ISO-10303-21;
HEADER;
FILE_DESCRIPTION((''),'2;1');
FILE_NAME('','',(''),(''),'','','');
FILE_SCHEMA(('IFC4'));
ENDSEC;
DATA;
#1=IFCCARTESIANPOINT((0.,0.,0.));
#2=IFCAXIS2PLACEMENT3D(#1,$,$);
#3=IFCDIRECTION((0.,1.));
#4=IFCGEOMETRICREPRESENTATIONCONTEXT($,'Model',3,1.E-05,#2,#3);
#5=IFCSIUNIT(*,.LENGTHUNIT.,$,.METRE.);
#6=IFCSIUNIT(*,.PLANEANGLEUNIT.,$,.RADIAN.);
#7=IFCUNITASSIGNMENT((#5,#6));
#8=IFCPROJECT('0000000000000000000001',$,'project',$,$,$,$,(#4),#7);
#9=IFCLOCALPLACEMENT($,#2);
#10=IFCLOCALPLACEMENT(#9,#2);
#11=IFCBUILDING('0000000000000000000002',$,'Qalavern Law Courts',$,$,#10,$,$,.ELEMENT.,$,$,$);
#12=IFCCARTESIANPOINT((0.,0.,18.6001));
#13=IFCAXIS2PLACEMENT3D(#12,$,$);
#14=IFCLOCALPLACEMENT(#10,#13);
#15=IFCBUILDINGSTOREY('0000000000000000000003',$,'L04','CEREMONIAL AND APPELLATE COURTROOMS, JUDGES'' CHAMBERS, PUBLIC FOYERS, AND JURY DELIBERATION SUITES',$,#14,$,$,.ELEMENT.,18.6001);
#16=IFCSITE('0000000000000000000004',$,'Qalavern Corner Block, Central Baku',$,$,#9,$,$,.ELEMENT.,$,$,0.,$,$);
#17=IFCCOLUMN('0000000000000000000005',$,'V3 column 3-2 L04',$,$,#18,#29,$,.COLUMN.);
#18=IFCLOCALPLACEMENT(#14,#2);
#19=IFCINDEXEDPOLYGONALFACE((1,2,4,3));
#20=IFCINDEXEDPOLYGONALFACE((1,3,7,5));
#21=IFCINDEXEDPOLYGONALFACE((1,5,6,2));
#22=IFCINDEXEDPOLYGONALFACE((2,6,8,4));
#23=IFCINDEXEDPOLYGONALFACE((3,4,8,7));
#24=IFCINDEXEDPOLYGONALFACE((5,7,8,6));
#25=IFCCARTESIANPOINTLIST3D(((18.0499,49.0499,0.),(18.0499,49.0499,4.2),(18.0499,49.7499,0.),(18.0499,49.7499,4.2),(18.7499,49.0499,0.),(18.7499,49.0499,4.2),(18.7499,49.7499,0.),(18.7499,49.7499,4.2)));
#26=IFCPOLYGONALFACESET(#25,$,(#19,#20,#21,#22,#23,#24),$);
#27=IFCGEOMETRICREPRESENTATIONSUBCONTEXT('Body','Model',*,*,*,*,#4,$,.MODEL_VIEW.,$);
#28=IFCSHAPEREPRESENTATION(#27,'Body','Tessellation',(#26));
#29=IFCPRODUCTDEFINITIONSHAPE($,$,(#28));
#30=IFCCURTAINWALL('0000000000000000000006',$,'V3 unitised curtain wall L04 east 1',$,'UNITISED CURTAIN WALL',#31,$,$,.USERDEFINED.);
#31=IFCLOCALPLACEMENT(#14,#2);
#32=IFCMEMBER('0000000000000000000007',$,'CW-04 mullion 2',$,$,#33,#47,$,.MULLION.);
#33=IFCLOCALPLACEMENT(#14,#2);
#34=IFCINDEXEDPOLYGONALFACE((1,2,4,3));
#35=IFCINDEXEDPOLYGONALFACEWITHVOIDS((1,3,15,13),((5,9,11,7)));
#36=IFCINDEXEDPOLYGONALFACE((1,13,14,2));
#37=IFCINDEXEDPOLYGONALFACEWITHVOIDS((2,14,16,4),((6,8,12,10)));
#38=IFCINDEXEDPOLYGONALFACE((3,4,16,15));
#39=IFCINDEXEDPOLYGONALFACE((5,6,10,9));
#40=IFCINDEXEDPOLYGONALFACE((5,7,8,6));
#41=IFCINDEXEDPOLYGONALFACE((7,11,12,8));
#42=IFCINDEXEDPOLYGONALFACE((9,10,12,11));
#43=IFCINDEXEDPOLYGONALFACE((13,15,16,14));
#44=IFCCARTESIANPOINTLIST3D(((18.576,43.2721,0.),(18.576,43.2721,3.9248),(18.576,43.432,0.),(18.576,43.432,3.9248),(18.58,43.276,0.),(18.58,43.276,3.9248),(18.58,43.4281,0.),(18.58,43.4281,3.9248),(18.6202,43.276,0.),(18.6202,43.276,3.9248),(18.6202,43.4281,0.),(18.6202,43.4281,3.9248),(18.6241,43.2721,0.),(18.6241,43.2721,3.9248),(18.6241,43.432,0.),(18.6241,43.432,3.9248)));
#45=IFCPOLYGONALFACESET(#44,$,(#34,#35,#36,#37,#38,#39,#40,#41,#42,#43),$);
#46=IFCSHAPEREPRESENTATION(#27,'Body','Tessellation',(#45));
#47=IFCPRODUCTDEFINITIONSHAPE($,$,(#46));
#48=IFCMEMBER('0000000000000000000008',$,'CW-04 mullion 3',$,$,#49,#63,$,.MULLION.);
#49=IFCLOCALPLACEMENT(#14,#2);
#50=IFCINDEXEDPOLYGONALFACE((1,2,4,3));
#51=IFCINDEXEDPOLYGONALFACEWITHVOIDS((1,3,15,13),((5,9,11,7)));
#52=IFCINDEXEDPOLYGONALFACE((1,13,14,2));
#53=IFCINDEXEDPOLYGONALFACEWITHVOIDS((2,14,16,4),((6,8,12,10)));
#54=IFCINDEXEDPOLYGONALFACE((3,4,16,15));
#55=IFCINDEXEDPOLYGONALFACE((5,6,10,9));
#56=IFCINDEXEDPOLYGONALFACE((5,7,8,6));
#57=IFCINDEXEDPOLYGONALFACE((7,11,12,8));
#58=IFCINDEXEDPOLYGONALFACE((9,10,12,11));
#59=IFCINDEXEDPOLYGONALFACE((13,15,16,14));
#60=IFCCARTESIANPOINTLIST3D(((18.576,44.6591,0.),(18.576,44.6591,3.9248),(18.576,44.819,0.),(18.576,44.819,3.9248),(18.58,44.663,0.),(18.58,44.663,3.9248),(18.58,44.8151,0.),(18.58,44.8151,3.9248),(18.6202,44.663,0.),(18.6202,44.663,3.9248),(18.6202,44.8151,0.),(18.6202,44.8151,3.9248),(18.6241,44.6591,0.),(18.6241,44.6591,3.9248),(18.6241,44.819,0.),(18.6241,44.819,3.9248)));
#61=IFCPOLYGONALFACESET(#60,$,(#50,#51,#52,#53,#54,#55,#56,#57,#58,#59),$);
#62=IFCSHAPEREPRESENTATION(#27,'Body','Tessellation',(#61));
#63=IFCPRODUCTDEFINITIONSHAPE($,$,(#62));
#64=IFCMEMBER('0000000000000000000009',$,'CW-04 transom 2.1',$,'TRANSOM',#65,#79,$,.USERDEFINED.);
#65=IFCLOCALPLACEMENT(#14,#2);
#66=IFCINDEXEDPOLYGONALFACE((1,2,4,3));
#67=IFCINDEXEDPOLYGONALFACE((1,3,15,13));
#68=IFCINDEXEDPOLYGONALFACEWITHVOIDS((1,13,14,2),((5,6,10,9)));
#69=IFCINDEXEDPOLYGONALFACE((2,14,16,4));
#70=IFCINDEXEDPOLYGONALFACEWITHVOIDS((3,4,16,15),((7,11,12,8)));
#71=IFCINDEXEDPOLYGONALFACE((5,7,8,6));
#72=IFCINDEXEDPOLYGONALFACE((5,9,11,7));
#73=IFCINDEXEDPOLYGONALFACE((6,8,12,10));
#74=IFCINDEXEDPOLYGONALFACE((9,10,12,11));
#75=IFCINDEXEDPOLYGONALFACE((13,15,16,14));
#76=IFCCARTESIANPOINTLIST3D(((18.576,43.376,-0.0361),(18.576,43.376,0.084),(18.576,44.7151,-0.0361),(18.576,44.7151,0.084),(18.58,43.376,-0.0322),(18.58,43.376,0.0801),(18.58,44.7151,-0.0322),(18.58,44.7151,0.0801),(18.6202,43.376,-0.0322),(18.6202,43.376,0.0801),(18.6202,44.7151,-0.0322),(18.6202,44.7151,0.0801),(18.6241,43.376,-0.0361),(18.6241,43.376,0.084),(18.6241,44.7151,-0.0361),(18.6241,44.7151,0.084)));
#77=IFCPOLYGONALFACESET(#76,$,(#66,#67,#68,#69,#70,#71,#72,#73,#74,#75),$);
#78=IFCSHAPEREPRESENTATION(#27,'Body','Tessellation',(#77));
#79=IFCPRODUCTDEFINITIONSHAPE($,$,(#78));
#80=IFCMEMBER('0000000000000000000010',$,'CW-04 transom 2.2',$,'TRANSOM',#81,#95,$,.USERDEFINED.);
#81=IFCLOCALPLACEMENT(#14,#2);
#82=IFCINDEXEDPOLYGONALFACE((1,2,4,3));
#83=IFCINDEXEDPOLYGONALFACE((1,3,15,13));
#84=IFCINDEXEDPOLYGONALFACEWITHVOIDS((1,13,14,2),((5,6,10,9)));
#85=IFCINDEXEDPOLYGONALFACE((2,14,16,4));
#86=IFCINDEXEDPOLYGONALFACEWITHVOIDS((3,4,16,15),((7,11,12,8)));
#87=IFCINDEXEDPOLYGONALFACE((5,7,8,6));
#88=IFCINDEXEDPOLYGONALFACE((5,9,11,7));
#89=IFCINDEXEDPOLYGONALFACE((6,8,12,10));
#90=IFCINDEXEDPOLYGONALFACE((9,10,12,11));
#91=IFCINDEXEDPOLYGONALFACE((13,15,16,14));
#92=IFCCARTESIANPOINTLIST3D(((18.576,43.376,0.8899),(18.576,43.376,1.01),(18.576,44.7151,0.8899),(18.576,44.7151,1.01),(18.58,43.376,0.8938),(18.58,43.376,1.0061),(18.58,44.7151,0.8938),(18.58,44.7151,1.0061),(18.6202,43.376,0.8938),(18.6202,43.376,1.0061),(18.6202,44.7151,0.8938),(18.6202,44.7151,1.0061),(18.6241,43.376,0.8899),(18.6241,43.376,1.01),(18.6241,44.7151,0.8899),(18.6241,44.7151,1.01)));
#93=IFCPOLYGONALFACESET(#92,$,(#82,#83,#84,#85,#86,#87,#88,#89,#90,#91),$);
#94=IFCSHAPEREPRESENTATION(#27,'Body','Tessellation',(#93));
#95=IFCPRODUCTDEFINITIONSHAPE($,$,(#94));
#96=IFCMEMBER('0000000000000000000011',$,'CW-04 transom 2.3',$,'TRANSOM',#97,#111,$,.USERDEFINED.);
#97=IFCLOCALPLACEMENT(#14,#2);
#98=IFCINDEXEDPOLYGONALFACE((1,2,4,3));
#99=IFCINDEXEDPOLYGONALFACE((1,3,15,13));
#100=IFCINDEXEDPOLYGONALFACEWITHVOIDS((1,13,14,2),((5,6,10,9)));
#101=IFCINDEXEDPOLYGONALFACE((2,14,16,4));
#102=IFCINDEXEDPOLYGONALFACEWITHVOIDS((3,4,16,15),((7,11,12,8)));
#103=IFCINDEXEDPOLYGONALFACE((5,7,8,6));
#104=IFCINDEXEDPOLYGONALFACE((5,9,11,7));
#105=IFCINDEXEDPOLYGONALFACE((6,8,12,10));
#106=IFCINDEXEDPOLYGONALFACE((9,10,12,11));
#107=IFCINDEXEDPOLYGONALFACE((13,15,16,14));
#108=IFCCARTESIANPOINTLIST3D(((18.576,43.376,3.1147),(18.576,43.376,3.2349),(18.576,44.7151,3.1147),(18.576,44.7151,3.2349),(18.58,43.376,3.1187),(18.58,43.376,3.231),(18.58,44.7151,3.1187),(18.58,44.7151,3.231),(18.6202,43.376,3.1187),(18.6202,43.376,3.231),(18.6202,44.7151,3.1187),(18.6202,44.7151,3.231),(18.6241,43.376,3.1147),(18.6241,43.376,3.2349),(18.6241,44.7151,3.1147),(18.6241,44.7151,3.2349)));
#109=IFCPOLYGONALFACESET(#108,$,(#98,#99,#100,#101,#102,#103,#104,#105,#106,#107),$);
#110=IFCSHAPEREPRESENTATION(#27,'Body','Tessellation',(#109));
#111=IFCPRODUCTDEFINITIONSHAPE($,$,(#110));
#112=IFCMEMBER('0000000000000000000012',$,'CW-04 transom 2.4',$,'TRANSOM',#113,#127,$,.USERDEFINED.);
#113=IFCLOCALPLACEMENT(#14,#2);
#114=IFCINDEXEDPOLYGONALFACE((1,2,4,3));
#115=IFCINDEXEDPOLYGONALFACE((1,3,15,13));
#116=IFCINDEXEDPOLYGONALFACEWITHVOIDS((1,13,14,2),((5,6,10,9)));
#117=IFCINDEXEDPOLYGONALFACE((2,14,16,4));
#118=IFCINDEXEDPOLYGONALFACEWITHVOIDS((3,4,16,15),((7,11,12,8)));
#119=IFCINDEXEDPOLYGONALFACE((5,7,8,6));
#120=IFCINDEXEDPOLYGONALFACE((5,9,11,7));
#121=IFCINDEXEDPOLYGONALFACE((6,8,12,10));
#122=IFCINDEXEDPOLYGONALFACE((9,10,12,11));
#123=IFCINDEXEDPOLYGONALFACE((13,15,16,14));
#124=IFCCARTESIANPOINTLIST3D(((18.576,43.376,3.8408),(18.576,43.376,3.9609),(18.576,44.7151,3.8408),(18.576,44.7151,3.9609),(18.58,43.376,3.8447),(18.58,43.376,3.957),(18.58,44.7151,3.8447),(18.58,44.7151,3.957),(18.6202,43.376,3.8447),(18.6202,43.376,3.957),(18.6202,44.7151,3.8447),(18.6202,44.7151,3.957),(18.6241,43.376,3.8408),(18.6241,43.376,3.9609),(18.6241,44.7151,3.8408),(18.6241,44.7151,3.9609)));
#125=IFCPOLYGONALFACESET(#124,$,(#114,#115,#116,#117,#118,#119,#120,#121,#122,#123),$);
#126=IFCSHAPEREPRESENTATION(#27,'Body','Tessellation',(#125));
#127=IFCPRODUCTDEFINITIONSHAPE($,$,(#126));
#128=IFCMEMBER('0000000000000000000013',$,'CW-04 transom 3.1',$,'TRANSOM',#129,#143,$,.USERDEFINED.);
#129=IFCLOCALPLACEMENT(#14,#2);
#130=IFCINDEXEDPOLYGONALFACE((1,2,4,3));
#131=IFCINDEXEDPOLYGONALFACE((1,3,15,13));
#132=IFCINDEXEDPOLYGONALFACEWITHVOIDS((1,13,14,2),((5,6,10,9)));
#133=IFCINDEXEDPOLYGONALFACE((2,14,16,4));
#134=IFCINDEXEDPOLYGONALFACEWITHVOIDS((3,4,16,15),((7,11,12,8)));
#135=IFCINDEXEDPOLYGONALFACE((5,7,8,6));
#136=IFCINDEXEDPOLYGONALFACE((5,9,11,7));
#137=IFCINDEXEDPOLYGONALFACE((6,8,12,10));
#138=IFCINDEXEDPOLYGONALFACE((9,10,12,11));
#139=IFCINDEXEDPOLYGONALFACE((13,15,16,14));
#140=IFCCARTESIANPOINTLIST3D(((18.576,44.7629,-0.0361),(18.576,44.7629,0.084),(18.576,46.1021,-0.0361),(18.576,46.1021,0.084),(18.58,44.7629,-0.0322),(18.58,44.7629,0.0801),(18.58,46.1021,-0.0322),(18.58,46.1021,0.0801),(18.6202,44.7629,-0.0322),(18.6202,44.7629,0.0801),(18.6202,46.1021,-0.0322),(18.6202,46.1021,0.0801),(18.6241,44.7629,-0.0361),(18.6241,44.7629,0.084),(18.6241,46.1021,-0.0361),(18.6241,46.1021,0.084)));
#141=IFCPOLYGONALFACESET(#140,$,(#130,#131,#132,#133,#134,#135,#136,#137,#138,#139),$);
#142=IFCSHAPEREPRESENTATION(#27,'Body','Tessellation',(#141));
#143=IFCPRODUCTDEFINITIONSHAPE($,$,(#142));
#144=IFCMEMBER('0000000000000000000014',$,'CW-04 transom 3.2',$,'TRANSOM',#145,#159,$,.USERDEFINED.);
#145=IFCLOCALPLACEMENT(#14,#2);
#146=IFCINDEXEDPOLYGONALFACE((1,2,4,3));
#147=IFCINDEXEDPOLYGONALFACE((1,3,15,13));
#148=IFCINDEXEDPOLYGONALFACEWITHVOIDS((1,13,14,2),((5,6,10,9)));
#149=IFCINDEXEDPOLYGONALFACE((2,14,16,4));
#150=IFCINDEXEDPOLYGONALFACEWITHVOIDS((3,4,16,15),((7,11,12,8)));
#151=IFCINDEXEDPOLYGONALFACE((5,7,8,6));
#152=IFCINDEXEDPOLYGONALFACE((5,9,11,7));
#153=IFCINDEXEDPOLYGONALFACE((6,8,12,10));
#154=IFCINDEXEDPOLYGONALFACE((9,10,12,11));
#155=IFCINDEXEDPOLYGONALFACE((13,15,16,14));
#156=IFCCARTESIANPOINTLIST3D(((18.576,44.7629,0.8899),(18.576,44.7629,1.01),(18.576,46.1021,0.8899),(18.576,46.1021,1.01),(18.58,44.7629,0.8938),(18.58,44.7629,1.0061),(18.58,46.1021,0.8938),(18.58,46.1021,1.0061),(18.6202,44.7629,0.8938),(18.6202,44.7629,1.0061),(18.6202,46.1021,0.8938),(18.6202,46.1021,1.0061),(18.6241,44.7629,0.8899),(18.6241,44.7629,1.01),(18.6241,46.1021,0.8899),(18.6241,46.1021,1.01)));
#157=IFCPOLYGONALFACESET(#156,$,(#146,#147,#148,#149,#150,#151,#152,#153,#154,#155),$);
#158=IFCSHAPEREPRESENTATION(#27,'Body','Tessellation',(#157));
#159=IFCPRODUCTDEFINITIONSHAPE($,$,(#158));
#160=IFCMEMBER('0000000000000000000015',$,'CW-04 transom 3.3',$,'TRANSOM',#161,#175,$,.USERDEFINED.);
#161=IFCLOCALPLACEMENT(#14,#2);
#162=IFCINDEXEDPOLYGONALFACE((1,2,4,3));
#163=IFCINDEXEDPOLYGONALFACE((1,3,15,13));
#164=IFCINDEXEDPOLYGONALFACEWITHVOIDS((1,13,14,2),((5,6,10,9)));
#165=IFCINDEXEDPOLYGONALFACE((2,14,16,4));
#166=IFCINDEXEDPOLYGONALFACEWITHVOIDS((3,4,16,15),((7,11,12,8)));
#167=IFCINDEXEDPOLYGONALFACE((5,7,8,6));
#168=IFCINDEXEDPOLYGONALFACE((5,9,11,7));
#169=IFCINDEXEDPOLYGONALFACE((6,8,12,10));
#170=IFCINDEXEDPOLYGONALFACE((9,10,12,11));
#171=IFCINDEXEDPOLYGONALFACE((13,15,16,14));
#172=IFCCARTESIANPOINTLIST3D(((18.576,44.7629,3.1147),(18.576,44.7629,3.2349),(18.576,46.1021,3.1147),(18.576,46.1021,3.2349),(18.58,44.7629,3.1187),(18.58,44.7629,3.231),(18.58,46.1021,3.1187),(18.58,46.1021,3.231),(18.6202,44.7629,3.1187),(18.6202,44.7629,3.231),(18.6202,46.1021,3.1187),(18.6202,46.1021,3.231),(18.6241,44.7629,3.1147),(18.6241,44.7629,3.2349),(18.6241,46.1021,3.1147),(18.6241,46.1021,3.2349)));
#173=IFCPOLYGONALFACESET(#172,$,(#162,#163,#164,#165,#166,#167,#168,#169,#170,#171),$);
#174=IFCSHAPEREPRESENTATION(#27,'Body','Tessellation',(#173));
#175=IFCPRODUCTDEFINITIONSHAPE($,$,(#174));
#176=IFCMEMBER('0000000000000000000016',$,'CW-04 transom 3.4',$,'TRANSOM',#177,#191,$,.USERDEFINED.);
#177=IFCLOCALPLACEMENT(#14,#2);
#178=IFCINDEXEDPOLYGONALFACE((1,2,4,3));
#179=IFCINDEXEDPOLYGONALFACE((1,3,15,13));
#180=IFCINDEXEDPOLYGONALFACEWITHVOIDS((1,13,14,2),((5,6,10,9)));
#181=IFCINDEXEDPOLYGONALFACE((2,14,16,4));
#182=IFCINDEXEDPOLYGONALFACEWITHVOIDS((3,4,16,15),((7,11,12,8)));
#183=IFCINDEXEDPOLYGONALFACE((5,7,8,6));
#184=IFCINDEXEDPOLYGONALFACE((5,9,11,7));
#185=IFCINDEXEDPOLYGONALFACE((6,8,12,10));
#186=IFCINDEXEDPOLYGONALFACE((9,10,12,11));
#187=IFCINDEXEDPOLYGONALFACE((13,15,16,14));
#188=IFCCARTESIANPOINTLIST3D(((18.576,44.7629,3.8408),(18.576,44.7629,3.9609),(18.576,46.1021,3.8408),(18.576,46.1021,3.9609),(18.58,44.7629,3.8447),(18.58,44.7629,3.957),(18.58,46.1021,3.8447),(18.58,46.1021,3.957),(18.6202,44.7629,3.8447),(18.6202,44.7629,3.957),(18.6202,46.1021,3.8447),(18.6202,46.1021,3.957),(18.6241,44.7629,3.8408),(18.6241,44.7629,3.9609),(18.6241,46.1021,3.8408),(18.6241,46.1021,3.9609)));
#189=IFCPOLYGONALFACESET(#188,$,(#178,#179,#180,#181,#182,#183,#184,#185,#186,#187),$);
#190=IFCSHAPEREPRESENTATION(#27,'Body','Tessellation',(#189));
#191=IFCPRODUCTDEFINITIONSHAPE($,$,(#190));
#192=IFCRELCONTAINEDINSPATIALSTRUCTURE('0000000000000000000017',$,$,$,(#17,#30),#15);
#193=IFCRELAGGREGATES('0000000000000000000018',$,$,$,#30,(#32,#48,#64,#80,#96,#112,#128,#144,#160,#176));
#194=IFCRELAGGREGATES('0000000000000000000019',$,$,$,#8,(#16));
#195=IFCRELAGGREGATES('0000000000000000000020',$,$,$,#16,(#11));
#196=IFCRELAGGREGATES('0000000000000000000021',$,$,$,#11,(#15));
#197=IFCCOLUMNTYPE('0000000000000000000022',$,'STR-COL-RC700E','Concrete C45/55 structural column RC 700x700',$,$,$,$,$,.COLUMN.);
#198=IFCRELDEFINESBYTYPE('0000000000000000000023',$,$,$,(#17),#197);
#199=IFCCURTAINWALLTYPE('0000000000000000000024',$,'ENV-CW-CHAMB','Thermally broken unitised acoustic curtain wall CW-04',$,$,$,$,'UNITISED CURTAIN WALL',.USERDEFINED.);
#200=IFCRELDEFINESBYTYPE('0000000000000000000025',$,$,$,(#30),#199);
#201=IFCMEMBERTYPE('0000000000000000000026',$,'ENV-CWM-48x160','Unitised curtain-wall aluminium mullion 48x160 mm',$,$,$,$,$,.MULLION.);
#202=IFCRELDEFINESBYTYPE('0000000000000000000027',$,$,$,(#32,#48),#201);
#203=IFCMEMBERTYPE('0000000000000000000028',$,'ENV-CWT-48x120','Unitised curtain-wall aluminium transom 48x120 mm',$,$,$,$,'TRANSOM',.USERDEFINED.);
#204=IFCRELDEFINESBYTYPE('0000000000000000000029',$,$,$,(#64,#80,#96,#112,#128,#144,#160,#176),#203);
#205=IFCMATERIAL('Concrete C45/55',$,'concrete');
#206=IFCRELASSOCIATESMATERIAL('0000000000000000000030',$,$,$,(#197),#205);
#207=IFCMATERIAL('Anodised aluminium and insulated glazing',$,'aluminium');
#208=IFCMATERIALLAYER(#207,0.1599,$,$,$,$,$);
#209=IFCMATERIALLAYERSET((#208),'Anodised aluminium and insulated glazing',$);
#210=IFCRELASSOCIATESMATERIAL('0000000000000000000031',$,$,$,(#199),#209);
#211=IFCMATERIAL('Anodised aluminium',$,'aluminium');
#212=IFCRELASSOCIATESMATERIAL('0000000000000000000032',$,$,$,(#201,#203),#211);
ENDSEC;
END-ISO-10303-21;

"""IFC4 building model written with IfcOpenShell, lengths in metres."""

from ifc_helpers import new_model, si_unit, direction, frame, origin, origin_2d, place, context, subcontext, project, spatial, rectangle, hollow_rectangle, extrude, material, layer, layer_set, material_profile, profile_set, type_object, element, aggregate, save


model = new_model("IFC4")

# Units and contexts
model_context = context("Model", 3, precision=1e-05, world=origin(), true_north=direction((0.0, 1.0)))
body_context = subcontext(model_context, "Body", "Model", "MODEL_VIEW")
ifc_project = project(units=[si_unit("LENGTHUNIT", "METRE"), si_unit("PLANEANGLEUNIT", "RADIAN")], contexts=[model_context])

# Site, building, storey
site_placement = place(None, origin())
site = spatial("IfcSite", under=ifc_project, at=site_placement, Name="Qalavern Corner Block, Central Baku", CompositionType="ELEMENT", RefElevation=0.0)
building_placement = place(site_placement, origin())
building = spatial("IfcBuilding", under=site, at=building_placement, Name="Qalavern Law Courts", CompositionType="ELEMENT")
storey_placement = place(building_placement, frame((0.0, 0.0, 18.6001)))
storey = spatial("IfcBuildingStorey", under=building, at=storey_placement, Name="L04", Description="CEREMONIAL AND APPELLATE COURTROOMS, JUDGES' CHAMBERS, PUBLIC FOYERS, AND JURY DELIBERATION SUITES", CompositionType="ELEMENT", Elevation=18.6001)

# Column
ifc_material_1 = material(Name="Concrete C45/55", Category="concrete")
ifc_material_profile_1 = material_profile(ifc_material_1, rectangle(XDim=0.7, YDim=0.7, at=origin_2d()), Name="RC 700x700")
ifc_profile_set_1 = profile_set([ifc_material_profile_1], Name="Concrete C45/55")
column_type = type_object("IfcColumnType", Name="STR-COL-RC700E", Description="Concrete C45/55 structural column RC 700x700", PredefinedType="COLUMN", material=ifc_profile_set_1)
column_placement = place(storey_placement, frame((18.3999, 49.3999, 0.0), z_axis=(0.0, 0.0, 1.0), x_axis=(1.0, 0.0, 0.0)))
element("IfcColumn", 1, at=column_placement, inside=storey, type_object=column_type, Name="V3 column 3-2 L04", PredefinedType="COLUMN", context=body_context, shape_type="SweptSolid", body=[
    extrude(rectangle(XDim=0.7, YDim=0.7, at=origin_2d()), origin(), (0.0, 0.0, 1.0), 4.2),
])

# Curtain wall, members
ifc_material_2 = material(Name="Anodised aluminium and insulated glazing", Category="aluminium")
ifc_layer_1 = layer(ifc_material_2, 0.1599)
ifc_layer_set_1 = layer_set([ifc_layer_1], Name="Anodised aluminium and insulated glazing")
curtain_wall_type = type_object("IfcCurtainWallType", Name="ENV-CW-CHAMB", Description="Thermally broken unitised acoustic curtain wall CW-04", ElementType="UNITISED CURTAIN WALL", PredefinedType="USERDEFINED", material=ifc_layer_set_1)
curtain_wall_placement = place(storey_placement, origin())
curtain_wall = element("IfcCurtainWall", 2, at=curtain_wall_placement, inside=storey, type_object=curtain_wall_type, Name="V3 unitised curtain wall L04 east 1", ObjectType="UNITISED CURTAIN WALL", PredefinedType="USERDEFINED")
ifc_material_3 = material(Name="Anodised aluminium", Category="aluminium")
ifc_material_profile_2 = material_profile(ifc_material_3, hollow_rectangle(XDim=0.0481, YDim=0.1599, WallThickness=0.0039, at=origin_2d()), Name="ALU MULLION 48x160")
ifc_profile_set_2 = profile_set([ifc_material_profile_2], Name="Anodised aluminium")
member_type_1 = type_object("IfcMemberType", Name="ENV-CWM-48x160", Description="Unitised curtain-wall aluminium mullion 48x160 mm", PredefinedType="MULLION", material=ifc_profile_set_2)
member_1_placement = place(storey_placement, frame((18.6001, 43.3521, 0.0), z_axis=(0.0, 0.0, 1.0), x_axis=(-1.0, 0.0, 0.0)))
member_1 = element("IfcMember", 3, at=member_1_placement, type_object=member_type_1, Name="CW-04 mullion 2", PredefinedType="MULLION", context=body_context, shape_type="SweptSolid", body=[
    extrude(hollow_rectangle(XDim=0.0481, YDim=0.1599, WallThickness=0.0039, at=origin_2d()), origin(), (0.0, 0.0, 1.0), 3.9248),
])
member_2_placement = place(storey_placement, frame((18.6001, 44.739, 0.0), z_axis=(0.0, 0.0, 1.0), x_axis=(-1.0, 0.0, 0.0)))
member_2 = element("IfcMember", 4, at=member_2_placement, type_object=member_type_1, Name="CW-04 mullion 3", PredefinedType="MULLION", context=body_context, shape_type="SweptSolid", body=[
    extrude(hollow_rectangle(XDim=0.0481, YDim=0.1599, WallThickness=0.0039, at=origin_2d()), origin(), (0.0, 0.0, 1.0), 3.9248),
])
ifc_material_profile_3 = material_profile(ifc_material_3, hollow_rectangle(XDim=0.0481, YDim=0.1201, WallThickness=0.0039, at=origin_2d()), Name="ALU TRANSOM 48x120")
ifc_profile_set_3 = profile_set([ifc_material_profile_3], Name="Anodised aluminium")
member_type_2 = type_object("IfcMemberType", Name="ENV-CWT-48x120", Description="Unitised curtain-wall aluminium transom 48x120 mm", ElementType="TRANSOM", PredefinedType="USERDEFINED", material=ifc_profile_set_3)
member_3_placement = place(storey_placement, frame((18.6001, 43.376, 0.0239), z_axis=(0.0, 1.0, 0.0), x_axis=(-1.0, 0.0, 0.0)))
member_3 = element("IfcMember", 5, at=member_3_placement, type_object=member_type_2, Name="CW-04 transom 2.1", ObjectType="TRANSOM", PredefinedType="USERDEFINED", context=body_context, shape_type="SweptSolid", body=[
    extrude(hollow_rectangle(XDim=0.0481, YDim=0.1201, WallThickness=0.0039, at=origin_2d()), origin(), (0.0, 0.0, 1.0), 1.3391),
])
member_4_placement = place(storey_placement, frame((18.6001, 43.376, 0.95), z_axis=(0.0, 1.0, 0.0), x_axis=(-1.0, 0.0, 0.0)))
member_4 = element("IfcMember", 6, at=member_4_placement, type_object=member_type_2, Name="CW-04 transom 2.2", ObjectType="TRANSOM", PredefinedType="USERDEFINED", context=body_context, shape_type="SweptSolid", body=[
    extrude(hollow_rectangle(XDim=0.0481, YDim=0.1201, WallThickness=0.0039, at=origin_2d()), origin(), (0.0, 0.0, 1.0), 1.3391),
])
member_5_placement = place(storey_placement, frame((18.6001, 43.376, 3.1748), z_axis=(0.0, 1.0, 0.0), x_axis=(-1.0, 0.0, 0.0)))
member_5 = element("IfcMember", 7, at=member_5_placement, type_object=member_type_2, Name="CW-04 transom 2.3", ObjectType="TRANSOM", PredefinedType="USERDEFINED", context=body_context, shape_type="SweptSolid", body=[
    extrude(hollow_rectangle(XDim=0.0481, YDim=0.1201, WallThickness=0.0039, at=origin_2d()), origin(), (0.0, 0.0, 1.0), 1.3391),
])
member_6_placement = place(storey_placement, frame((18.6001, 43.376, 3.9009), z_axis=(0.0, 1.0, 0.0), x_axis=(-1.0, 0.0, 0.0)))
member_6 = element("IfcMember", 8, at=member_6_placement, type_object=member_type_2, Name="CW-04 transom 2.4", ObjectType="TRANSOM", PredefinedType="USERDEFINED", context=body_context, shape_type="SweptSolid", body=[
    extrude(hollow_rectangle(XDim=0.0481, YDim=0.1201, WallThickness=0.0039, at=origin_2d()), origin(), (0.0, 0.0, 1.0), 1.3391),
])
member_7_placement = place(storey_placement, frame((18.6001, 44.7629, 0.0239), z_axis=(0.0, 1.0, 0.0), x_axis=(-1.0, 0.0, 0.0)))
member_7 = element("IfcMember", 9, at=member_7_placement, type_object=member_type_2, Name="CW-04 transom 3.1", ObjectType="TRANSOM", PredefinedType="USERDEFINED", context=body_context, shape_type="SweptSolid", body=[
    extrude(hollow_rectangle(XDim=0.0481, YDim=0.1201, WallThickness=0.0039, at=origin_2d()), origin(), (0.0, 0.0, 1.0), 1.3391),
])
member_8_placement = place(storey_placement, frame((18.6001, 44.7629, 0.95), z_axis=(0.0, 1.0, 0.0), x_axis=(-1.0, 0.0, 0.0)))
member_8 = element("IfcMember", 10, at=member_8_placement, type_object=member_type_2, Name="CW-04 transom 3.2", ObjectType="TRANSOM", PredefinedType="USERDEFINED", context=body_context, shape_type="SweptSolid", body=[
    extrude(hollow_rectangle(XDim=0.0481, YDim=0.1201, WallThickness=0.0039, at=origin_2d()), origin(), (0.0, 0.0, 1.0), 1.3391),
])
member_9_placement = place(storey_placement, frame((18.6001, 44.7629, 3.1748), z_axis=(0.0, 1.0, 0.0), x_axis=(-1.0, 0.0, 0.0)))
member_9 = element("IfcMember", 11, at=member_9_placement, type_object=member_type_2, Name="CW-04 transom 3.3", ObjectType="TRANSOM", PredefinedType="USERDEFINED", context=body_context, shape_type="SweptSolid", body=[
    extrude(hollow_rectangle(XDim=0.0481, YDim=0.1201, WallThickness=0.0039, at=origin_2d()), origin(), (0.0, 0.0, 1.0), 1.3391),
])
member_10_placement = place(storey_placement, frame((18.6001, 44.7629, 3.9009), z_axis=(0.0, 1.0, 0.0), x_axis=(-1.0, 0.0, 0.0)))
member_10 = element("IfcMember", 12, at=member_10_placement, type_object=member_type_2, Name="CW-04 transom 3.4", ObjectType="TRANSOM", PredefinedType="USERDEFINED", context=body_context, shape_type="SweptSolid", body=[
    extrude(hollow_rectangle(XDim=0.0481, YDim=0.1201, WallThickness=0.0039, at=origin_2d()), origin(), (0.0, 0.0, 1.0), 1.3391),
])

aggregate(curtain_wall, [member_1, member_2, member_3, member_4, member_5, member_6, member_7, member_8, member_9, member_10])

save(model, "model.ifc")
